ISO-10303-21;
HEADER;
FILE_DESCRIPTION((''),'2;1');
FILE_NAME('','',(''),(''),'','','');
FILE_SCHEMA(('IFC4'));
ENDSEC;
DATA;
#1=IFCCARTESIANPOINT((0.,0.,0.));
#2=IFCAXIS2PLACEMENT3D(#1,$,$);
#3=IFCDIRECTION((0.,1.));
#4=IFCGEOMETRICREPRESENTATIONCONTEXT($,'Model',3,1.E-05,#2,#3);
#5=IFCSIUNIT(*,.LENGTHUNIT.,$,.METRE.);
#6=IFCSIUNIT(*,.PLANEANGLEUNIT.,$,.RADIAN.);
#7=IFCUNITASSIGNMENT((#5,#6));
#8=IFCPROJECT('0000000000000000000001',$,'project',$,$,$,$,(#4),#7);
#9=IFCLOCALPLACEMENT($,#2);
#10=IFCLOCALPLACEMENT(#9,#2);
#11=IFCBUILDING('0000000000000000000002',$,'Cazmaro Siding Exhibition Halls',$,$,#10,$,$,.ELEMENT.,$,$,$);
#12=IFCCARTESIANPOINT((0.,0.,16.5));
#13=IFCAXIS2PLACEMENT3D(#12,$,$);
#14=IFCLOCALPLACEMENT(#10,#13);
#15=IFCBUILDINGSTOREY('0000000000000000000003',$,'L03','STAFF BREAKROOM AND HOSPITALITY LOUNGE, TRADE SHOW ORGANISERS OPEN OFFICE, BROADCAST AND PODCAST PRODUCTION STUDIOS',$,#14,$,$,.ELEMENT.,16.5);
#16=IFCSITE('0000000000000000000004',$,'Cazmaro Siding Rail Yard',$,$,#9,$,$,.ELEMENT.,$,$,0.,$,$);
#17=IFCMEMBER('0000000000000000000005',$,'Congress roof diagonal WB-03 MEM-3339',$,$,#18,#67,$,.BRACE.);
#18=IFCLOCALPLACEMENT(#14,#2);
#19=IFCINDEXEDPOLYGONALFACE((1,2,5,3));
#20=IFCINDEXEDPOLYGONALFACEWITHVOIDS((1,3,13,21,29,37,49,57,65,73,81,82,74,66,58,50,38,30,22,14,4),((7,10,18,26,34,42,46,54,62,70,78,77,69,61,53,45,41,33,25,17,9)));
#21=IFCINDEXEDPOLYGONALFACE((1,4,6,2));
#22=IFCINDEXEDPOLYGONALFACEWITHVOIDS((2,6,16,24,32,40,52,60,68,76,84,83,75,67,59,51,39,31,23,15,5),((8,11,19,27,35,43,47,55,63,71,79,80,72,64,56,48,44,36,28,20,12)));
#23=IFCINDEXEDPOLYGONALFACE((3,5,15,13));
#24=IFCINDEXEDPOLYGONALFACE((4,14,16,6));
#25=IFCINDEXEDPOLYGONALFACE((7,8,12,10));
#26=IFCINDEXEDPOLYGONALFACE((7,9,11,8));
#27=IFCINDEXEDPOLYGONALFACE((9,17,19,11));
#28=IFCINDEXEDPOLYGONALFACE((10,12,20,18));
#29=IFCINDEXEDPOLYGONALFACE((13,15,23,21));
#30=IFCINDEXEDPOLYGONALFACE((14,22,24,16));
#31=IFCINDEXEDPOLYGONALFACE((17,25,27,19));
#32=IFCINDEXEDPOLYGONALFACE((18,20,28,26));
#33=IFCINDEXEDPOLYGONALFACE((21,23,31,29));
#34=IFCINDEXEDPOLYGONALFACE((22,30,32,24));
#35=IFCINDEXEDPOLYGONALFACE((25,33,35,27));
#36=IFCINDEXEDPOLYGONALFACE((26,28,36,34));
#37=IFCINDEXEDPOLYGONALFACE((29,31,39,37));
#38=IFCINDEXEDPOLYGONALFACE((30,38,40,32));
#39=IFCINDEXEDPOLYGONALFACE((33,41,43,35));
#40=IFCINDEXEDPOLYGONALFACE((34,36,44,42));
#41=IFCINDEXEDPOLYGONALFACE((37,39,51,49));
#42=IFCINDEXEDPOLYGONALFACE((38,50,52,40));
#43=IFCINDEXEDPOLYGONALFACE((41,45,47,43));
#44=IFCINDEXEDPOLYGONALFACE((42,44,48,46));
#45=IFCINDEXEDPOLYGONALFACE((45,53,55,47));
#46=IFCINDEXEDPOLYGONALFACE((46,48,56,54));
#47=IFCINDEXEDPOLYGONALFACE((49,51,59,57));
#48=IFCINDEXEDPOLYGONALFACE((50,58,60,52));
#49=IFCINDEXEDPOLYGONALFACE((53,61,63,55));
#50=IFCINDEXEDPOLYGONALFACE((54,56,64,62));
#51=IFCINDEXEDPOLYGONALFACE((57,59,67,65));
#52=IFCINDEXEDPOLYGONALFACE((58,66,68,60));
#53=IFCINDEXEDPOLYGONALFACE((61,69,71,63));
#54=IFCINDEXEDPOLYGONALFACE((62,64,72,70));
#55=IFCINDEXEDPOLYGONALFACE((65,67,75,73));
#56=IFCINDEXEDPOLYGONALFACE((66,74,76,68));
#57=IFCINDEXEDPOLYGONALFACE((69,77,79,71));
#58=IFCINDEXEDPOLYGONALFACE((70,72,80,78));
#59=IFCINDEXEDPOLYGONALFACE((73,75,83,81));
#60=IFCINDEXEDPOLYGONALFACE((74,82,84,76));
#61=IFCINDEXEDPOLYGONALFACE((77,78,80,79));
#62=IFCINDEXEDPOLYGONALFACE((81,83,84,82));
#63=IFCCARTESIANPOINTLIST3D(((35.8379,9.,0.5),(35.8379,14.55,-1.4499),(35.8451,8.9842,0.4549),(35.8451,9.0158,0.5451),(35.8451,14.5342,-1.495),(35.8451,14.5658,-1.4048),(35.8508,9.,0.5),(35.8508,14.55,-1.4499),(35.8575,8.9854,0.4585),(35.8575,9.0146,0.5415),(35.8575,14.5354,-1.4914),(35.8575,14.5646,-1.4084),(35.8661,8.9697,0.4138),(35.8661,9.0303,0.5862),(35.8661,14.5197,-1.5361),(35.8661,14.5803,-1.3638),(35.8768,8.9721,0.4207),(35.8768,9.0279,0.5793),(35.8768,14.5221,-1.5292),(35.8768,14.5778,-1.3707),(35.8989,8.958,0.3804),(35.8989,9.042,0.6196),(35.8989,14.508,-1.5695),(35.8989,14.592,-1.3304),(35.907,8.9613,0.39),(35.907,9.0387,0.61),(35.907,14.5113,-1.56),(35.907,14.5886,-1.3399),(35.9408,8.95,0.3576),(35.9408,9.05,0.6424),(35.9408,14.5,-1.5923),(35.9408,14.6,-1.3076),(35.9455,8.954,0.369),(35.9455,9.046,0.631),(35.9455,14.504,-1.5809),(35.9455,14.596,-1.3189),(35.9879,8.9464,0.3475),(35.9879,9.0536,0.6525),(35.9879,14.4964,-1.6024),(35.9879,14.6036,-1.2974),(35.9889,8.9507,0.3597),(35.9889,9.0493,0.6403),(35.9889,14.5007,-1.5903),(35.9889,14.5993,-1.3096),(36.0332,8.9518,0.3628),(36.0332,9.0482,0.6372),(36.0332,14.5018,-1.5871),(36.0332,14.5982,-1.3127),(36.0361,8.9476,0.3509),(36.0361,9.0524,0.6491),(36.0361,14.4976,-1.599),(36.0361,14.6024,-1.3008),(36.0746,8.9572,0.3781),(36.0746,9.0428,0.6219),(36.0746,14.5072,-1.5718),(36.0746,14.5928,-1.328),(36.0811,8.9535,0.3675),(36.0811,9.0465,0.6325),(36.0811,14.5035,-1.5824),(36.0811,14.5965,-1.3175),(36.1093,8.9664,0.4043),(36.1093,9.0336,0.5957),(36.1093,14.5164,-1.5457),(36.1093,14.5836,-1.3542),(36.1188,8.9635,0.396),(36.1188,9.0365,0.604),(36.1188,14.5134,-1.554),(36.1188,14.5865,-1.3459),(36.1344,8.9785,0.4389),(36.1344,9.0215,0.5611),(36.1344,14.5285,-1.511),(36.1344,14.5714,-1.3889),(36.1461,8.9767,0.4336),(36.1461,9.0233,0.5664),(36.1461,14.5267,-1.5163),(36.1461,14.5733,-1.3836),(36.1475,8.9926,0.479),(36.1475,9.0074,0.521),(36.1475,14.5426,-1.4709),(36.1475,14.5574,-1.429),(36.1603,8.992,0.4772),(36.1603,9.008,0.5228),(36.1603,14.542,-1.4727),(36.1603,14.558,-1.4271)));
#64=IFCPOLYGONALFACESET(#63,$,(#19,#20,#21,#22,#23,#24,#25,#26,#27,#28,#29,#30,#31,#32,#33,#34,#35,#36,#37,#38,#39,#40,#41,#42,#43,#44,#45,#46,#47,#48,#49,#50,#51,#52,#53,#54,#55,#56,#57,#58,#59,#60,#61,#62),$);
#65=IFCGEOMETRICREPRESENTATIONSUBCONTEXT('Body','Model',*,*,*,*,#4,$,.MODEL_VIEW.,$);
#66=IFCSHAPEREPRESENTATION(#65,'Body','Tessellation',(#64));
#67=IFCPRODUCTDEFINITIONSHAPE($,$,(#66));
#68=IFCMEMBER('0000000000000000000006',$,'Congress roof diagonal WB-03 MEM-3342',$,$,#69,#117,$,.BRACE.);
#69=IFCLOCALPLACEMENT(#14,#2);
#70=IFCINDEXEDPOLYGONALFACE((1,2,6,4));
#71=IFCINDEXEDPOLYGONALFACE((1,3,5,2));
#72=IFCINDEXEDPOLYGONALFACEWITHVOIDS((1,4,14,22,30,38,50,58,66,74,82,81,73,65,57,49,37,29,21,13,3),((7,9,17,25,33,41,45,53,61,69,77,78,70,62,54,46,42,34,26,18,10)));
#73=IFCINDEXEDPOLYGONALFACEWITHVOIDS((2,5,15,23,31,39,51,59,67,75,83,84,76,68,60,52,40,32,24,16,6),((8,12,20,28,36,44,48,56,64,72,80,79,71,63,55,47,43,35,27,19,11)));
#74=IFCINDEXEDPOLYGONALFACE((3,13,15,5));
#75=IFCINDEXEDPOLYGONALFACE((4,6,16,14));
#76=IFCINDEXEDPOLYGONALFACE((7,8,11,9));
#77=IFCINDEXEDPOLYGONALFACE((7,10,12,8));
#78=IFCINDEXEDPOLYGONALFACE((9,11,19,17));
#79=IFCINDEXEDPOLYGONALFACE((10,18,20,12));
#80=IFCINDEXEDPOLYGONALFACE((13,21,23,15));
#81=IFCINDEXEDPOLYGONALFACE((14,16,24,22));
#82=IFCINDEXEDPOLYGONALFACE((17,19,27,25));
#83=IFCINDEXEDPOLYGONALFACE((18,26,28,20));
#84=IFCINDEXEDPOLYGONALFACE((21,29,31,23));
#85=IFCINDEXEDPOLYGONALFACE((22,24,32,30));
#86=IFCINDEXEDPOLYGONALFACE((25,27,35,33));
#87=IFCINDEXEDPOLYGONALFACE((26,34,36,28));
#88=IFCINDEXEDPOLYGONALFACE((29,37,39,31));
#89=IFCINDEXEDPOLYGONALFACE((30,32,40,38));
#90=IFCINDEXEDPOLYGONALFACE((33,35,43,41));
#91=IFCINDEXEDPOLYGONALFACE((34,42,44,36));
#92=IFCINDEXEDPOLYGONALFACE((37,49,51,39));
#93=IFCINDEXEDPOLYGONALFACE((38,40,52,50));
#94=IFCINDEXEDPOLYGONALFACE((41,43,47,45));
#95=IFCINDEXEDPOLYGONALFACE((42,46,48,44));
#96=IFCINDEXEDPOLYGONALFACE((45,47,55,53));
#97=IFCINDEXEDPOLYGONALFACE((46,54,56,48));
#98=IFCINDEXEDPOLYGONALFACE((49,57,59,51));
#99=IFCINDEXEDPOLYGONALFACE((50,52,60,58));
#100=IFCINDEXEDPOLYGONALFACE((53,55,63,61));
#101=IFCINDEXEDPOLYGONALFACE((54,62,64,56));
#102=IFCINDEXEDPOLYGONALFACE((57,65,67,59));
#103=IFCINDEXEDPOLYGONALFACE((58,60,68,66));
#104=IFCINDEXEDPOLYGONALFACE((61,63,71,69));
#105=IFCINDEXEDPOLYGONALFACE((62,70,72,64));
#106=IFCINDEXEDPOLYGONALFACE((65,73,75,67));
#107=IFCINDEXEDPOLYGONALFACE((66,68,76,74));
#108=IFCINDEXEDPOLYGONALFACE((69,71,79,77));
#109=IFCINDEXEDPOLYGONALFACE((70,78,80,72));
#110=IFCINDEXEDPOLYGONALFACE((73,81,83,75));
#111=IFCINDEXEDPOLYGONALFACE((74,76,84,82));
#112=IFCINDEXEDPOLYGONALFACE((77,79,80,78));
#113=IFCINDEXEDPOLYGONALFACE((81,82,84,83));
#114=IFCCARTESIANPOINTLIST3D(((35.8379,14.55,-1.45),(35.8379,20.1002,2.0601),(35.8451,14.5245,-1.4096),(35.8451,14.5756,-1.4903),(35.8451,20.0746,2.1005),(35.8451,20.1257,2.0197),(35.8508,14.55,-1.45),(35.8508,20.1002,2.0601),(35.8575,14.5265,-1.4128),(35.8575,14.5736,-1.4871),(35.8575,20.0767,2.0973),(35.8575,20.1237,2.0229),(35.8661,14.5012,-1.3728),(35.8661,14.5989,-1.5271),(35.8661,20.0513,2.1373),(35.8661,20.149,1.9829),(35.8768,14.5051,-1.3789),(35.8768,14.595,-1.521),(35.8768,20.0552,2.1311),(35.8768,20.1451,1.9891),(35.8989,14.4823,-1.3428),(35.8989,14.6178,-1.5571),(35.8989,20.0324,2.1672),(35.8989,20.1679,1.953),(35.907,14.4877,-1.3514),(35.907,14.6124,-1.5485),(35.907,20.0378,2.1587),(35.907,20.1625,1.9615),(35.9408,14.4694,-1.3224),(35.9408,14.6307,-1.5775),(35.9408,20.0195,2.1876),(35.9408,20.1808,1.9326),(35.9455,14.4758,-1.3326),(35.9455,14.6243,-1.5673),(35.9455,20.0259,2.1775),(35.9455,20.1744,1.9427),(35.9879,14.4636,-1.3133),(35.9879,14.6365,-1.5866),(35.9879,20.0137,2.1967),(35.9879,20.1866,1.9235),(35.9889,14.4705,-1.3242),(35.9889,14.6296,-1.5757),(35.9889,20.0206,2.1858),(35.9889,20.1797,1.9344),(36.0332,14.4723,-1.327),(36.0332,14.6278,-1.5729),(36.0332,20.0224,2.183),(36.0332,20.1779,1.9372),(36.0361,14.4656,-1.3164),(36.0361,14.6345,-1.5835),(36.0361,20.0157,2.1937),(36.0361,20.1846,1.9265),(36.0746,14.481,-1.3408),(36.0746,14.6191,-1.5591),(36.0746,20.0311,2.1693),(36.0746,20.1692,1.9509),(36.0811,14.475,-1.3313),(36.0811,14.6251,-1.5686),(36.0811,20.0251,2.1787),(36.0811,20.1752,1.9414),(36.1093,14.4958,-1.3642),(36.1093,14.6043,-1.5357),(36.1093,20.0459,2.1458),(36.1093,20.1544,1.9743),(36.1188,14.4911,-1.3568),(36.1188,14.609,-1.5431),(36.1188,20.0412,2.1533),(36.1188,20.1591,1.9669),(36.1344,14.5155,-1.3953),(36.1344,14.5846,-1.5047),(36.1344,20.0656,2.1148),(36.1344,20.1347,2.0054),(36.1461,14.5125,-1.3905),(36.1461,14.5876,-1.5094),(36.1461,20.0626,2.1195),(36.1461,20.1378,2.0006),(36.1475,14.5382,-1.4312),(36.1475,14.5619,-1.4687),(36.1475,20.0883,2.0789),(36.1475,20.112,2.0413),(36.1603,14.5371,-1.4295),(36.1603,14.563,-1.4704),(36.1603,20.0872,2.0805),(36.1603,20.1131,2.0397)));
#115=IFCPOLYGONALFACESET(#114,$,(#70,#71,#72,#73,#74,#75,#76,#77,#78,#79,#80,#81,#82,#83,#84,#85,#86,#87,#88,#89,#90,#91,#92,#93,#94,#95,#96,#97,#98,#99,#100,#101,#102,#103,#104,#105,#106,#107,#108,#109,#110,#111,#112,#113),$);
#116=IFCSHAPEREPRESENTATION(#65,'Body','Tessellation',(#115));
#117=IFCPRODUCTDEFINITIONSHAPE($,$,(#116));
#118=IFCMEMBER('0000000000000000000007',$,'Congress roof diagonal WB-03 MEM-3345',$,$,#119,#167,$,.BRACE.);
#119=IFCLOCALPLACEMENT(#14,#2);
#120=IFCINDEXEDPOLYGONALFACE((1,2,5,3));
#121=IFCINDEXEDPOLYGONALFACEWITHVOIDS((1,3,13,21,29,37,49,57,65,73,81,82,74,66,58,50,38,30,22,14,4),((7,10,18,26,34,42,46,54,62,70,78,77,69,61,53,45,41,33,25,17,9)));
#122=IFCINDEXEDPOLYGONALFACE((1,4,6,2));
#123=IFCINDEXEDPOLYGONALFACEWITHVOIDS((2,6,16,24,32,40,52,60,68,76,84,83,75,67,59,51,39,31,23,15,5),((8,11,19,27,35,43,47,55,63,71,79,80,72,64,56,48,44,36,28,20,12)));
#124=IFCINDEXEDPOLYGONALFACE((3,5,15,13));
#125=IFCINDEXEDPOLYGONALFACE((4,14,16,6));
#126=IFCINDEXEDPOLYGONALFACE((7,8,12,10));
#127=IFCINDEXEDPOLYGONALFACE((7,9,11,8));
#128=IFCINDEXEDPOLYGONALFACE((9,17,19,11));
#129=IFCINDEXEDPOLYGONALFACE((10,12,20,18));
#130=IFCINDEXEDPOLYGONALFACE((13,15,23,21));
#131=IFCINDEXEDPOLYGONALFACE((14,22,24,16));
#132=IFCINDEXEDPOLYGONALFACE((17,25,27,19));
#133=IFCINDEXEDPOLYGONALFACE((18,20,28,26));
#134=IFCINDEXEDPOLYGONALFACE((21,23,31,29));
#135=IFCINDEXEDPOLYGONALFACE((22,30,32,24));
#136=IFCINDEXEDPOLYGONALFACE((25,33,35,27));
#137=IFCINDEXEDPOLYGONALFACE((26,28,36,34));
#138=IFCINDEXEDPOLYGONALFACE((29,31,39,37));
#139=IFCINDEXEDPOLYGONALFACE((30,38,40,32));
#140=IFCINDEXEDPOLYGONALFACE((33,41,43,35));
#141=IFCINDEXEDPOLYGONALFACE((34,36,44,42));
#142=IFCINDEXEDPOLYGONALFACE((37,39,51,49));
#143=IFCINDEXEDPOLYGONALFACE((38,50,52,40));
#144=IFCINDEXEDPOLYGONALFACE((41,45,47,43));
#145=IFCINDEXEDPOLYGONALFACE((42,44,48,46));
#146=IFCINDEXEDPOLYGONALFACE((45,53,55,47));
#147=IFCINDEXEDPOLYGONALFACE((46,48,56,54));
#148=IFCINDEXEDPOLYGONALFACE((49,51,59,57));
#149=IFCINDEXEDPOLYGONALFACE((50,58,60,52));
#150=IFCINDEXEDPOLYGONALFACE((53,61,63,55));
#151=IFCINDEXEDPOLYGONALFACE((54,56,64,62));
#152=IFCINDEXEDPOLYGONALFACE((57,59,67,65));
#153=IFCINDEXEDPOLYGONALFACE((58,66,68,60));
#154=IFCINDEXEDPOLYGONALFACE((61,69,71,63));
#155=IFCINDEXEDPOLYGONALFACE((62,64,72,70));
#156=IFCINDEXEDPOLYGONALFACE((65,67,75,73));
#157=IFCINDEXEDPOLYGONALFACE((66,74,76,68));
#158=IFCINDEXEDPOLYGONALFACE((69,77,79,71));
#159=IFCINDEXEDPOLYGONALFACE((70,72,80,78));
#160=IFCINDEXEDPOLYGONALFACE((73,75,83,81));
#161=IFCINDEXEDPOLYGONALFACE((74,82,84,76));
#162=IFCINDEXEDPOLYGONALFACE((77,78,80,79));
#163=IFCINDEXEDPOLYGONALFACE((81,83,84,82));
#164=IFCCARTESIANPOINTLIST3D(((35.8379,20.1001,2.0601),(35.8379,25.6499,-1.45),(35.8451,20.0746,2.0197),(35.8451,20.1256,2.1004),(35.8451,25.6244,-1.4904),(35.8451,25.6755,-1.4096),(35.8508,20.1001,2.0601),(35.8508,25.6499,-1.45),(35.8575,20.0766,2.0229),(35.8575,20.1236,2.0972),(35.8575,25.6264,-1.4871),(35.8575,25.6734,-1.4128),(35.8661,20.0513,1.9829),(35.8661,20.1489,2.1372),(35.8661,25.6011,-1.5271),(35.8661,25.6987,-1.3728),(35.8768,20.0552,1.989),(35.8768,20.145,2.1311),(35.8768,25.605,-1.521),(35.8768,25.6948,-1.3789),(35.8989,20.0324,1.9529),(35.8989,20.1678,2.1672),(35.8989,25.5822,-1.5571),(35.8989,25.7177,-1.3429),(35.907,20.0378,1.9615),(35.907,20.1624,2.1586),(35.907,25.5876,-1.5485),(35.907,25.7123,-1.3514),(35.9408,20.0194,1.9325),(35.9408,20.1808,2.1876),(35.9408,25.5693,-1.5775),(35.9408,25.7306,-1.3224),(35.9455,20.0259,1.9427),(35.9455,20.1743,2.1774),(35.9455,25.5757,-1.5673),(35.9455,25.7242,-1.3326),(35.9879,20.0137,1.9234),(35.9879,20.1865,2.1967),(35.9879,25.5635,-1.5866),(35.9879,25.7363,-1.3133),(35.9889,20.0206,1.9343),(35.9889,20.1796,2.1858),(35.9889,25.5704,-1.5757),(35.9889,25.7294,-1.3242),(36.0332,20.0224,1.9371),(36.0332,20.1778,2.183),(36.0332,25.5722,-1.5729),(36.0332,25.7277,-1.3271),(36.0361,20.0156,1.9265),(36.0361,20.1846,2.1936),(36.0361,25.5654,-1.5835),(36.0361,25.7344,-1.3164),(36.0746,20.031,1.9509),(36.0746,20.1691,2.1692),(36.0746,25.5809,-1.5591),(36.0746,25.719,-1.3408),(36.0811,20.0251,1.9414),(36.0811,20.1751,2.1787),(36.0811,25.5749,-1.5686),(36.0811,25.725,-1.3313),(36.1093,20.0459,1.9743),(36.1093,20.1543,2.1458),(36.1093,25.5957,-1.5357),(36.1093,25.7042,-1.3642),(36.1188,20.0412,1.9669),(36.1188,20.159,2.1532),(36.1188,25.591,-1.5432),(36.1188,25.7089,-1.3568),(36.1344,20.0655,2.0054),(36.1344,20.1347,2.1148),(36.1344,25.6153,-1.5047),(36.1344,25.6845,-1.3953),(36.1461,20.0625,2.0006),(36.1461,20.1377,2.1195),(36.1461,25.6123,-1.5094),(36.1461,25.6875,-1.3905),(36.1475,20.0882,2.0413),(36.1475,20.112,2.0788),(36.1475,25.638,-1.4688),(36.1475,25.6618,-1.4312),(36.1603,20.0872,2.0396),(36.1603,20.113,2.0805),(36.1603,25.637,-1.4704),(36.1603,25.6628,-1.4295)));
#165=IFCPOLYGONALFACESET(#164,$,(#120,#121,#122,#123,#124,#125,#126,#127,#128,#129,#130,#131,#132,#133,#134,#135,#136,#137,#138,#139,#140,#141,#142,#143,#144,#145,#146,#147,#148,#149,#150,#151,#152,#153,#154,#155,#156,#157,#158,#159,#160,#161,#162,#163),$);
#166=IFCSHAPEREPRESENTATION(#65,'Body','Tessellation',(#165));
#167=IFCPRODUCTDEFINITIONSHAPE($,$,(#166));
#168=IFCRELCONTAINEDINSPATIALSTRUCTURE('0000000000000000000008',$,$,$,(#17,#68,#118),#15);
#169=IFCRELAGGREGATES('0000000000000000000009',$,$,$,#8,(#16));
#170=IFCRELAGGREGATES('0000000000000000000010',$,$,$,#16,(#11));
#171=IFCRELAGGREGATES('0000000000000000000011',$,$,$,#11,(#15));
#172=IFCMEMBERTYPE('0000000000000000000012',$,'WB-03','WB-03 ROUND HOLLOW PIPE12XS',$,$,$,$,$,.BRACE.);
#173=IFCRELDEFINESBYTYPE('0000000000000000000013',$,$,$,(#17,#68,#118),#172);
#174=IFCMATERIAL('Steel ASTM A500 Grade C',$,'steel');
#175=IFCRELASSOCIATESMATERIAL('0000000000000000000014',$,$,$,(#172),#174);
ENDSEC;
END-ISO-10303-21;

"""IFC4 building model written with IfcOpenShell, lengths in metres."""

from ifc_helpers import new_model, si_unit, direction, frame, origin, origin_2d, place, context, subcontext, project, spatial, hollow_circle, extrude, material, material_profile, profile_set, type_object, element, save


model = new_model("IFC4")

# Units and contexts
model_context = context("Model", 3, precision=1e-05, world=origin(), true_north=direction((0.0, 1.0)))
body_context = subcontext(model_context, "Body", "Model", "MODEL_VIEW")
ifc_project = project(units=[si_unit("LENGTHUNIT", "METRE"), si_unit("PLANEANGLEUNIT", "RADIAN")], contexts=[model_context])

# Site, building, storey
site_placement = place(None, origin())
site = spatial("IfcSite", under=ifc_project, at=site_placement, Name="Cazmaro Siding Rail Yard", CompositionType="ELEMENT", RefElevation=0.0)
building_placement = place(site_placement, origin())
building = spatial("IfcBuilding", under=site, at=building_placement, Name="Cazmaro Siding Exhibition Halls", CompositionType="ELEMENT")
storey_placement = place(building_placement, frame((0.0, 0.0, 16.5)))
storey = spatial("IfcBuildingStorey", under=building, at=storey_placement, Name="L03", Description="STAFF BREAKROOM AND HOSPITALITY LOUNGE, TRADE SHOW ORGANISERS OPEN OFFICE, BROADCAST AND PODCAST PRODUCTION STUDIOS", CompositionType="ELEMENT", Elevation=16.5)

# Members
ifc_material_1 = material(Name="Steel ASTM A500 Grade C", Category="steel")
ifc_material_profile_1 = material_profile(ifc_material_1, hollow_circle(Radius=0.1621, WallThickness=0.0129, at=origin_2d()), Name="PIPE12XS")
ifc_profile_set_1 = profile_set([ifc_material_profile_1], Name="Steel ASTM A500 Grade C")
member_type_1 = type_object("IfcMemberType", Name="WB-03", Description="WB-03 ROUND HOLLOW PIPE12XS", PredefinedType="BRACE", material=ifc_profile_set_1)
member_1_placement = place(storey_placement, frame((36.0, 9.0, 0.5), z_axis=(0.0, 0.943464, -0.331476), x_axis=(-1.0, 0.0, 0.0)))
element("IfcMember", 1, at=member_1_placement, inside=storey, type_object=member_type_1, Name="Congress roof diagonal WB-03 MEM-3339", PredefinedType="BRACE", context=body_context, shape_type="SweptSolid", body=[
    extrude(hollow_circle(Radius=0.1621, WallThickness=0.0129, at=origin_2d()), origin(), (0.0, 0.0, 1.0), 5.8826),
])
member_2_placement = place(storey_placement, frame((36.0, 14.55, -1.45), z_axis=(0.0, 0.845165, 0.534506), x_axis=(-1.0, 0.0, 0.0)))
element("IfcMember", 2, at=member_2_placement, inside=storey, type_object=member_type_1, Name="Congress roof diagonal WB-03 MEM-3342", PredefinedType="BRACE", context=body_context, shape_type="SweptSolid", body=[
    extrude(hollow_circle(Radius=0.1621, WallThickness=0.0129, at=origin_2d()), origin(), (0.0, 0.0, 1.0), 6.5669),
])
member_3_placement = place(storey_placement, frame((36.0, 20.1001, 2.0601), z_axis=(0.0, 0.845154, -0.534523), x_axis=(-1.0, 0.0, 0.0)))
element("IfcMember", 3, at=member_3_placement, inside=storey, type_object=member_type_1, Name="Congress roof diagonal WB-03 MEM-3345", PredefinedType="BRACE", context=body_context, shape_type="SweptSolid", body=[
    extrude(hollow_circle(Radius=0.1621, WallThickness=0.0129, at=origin_2d()), origin(), (0.0, 0.0, 1.0), 6.5667),
])

save(model, "model.ifc")
